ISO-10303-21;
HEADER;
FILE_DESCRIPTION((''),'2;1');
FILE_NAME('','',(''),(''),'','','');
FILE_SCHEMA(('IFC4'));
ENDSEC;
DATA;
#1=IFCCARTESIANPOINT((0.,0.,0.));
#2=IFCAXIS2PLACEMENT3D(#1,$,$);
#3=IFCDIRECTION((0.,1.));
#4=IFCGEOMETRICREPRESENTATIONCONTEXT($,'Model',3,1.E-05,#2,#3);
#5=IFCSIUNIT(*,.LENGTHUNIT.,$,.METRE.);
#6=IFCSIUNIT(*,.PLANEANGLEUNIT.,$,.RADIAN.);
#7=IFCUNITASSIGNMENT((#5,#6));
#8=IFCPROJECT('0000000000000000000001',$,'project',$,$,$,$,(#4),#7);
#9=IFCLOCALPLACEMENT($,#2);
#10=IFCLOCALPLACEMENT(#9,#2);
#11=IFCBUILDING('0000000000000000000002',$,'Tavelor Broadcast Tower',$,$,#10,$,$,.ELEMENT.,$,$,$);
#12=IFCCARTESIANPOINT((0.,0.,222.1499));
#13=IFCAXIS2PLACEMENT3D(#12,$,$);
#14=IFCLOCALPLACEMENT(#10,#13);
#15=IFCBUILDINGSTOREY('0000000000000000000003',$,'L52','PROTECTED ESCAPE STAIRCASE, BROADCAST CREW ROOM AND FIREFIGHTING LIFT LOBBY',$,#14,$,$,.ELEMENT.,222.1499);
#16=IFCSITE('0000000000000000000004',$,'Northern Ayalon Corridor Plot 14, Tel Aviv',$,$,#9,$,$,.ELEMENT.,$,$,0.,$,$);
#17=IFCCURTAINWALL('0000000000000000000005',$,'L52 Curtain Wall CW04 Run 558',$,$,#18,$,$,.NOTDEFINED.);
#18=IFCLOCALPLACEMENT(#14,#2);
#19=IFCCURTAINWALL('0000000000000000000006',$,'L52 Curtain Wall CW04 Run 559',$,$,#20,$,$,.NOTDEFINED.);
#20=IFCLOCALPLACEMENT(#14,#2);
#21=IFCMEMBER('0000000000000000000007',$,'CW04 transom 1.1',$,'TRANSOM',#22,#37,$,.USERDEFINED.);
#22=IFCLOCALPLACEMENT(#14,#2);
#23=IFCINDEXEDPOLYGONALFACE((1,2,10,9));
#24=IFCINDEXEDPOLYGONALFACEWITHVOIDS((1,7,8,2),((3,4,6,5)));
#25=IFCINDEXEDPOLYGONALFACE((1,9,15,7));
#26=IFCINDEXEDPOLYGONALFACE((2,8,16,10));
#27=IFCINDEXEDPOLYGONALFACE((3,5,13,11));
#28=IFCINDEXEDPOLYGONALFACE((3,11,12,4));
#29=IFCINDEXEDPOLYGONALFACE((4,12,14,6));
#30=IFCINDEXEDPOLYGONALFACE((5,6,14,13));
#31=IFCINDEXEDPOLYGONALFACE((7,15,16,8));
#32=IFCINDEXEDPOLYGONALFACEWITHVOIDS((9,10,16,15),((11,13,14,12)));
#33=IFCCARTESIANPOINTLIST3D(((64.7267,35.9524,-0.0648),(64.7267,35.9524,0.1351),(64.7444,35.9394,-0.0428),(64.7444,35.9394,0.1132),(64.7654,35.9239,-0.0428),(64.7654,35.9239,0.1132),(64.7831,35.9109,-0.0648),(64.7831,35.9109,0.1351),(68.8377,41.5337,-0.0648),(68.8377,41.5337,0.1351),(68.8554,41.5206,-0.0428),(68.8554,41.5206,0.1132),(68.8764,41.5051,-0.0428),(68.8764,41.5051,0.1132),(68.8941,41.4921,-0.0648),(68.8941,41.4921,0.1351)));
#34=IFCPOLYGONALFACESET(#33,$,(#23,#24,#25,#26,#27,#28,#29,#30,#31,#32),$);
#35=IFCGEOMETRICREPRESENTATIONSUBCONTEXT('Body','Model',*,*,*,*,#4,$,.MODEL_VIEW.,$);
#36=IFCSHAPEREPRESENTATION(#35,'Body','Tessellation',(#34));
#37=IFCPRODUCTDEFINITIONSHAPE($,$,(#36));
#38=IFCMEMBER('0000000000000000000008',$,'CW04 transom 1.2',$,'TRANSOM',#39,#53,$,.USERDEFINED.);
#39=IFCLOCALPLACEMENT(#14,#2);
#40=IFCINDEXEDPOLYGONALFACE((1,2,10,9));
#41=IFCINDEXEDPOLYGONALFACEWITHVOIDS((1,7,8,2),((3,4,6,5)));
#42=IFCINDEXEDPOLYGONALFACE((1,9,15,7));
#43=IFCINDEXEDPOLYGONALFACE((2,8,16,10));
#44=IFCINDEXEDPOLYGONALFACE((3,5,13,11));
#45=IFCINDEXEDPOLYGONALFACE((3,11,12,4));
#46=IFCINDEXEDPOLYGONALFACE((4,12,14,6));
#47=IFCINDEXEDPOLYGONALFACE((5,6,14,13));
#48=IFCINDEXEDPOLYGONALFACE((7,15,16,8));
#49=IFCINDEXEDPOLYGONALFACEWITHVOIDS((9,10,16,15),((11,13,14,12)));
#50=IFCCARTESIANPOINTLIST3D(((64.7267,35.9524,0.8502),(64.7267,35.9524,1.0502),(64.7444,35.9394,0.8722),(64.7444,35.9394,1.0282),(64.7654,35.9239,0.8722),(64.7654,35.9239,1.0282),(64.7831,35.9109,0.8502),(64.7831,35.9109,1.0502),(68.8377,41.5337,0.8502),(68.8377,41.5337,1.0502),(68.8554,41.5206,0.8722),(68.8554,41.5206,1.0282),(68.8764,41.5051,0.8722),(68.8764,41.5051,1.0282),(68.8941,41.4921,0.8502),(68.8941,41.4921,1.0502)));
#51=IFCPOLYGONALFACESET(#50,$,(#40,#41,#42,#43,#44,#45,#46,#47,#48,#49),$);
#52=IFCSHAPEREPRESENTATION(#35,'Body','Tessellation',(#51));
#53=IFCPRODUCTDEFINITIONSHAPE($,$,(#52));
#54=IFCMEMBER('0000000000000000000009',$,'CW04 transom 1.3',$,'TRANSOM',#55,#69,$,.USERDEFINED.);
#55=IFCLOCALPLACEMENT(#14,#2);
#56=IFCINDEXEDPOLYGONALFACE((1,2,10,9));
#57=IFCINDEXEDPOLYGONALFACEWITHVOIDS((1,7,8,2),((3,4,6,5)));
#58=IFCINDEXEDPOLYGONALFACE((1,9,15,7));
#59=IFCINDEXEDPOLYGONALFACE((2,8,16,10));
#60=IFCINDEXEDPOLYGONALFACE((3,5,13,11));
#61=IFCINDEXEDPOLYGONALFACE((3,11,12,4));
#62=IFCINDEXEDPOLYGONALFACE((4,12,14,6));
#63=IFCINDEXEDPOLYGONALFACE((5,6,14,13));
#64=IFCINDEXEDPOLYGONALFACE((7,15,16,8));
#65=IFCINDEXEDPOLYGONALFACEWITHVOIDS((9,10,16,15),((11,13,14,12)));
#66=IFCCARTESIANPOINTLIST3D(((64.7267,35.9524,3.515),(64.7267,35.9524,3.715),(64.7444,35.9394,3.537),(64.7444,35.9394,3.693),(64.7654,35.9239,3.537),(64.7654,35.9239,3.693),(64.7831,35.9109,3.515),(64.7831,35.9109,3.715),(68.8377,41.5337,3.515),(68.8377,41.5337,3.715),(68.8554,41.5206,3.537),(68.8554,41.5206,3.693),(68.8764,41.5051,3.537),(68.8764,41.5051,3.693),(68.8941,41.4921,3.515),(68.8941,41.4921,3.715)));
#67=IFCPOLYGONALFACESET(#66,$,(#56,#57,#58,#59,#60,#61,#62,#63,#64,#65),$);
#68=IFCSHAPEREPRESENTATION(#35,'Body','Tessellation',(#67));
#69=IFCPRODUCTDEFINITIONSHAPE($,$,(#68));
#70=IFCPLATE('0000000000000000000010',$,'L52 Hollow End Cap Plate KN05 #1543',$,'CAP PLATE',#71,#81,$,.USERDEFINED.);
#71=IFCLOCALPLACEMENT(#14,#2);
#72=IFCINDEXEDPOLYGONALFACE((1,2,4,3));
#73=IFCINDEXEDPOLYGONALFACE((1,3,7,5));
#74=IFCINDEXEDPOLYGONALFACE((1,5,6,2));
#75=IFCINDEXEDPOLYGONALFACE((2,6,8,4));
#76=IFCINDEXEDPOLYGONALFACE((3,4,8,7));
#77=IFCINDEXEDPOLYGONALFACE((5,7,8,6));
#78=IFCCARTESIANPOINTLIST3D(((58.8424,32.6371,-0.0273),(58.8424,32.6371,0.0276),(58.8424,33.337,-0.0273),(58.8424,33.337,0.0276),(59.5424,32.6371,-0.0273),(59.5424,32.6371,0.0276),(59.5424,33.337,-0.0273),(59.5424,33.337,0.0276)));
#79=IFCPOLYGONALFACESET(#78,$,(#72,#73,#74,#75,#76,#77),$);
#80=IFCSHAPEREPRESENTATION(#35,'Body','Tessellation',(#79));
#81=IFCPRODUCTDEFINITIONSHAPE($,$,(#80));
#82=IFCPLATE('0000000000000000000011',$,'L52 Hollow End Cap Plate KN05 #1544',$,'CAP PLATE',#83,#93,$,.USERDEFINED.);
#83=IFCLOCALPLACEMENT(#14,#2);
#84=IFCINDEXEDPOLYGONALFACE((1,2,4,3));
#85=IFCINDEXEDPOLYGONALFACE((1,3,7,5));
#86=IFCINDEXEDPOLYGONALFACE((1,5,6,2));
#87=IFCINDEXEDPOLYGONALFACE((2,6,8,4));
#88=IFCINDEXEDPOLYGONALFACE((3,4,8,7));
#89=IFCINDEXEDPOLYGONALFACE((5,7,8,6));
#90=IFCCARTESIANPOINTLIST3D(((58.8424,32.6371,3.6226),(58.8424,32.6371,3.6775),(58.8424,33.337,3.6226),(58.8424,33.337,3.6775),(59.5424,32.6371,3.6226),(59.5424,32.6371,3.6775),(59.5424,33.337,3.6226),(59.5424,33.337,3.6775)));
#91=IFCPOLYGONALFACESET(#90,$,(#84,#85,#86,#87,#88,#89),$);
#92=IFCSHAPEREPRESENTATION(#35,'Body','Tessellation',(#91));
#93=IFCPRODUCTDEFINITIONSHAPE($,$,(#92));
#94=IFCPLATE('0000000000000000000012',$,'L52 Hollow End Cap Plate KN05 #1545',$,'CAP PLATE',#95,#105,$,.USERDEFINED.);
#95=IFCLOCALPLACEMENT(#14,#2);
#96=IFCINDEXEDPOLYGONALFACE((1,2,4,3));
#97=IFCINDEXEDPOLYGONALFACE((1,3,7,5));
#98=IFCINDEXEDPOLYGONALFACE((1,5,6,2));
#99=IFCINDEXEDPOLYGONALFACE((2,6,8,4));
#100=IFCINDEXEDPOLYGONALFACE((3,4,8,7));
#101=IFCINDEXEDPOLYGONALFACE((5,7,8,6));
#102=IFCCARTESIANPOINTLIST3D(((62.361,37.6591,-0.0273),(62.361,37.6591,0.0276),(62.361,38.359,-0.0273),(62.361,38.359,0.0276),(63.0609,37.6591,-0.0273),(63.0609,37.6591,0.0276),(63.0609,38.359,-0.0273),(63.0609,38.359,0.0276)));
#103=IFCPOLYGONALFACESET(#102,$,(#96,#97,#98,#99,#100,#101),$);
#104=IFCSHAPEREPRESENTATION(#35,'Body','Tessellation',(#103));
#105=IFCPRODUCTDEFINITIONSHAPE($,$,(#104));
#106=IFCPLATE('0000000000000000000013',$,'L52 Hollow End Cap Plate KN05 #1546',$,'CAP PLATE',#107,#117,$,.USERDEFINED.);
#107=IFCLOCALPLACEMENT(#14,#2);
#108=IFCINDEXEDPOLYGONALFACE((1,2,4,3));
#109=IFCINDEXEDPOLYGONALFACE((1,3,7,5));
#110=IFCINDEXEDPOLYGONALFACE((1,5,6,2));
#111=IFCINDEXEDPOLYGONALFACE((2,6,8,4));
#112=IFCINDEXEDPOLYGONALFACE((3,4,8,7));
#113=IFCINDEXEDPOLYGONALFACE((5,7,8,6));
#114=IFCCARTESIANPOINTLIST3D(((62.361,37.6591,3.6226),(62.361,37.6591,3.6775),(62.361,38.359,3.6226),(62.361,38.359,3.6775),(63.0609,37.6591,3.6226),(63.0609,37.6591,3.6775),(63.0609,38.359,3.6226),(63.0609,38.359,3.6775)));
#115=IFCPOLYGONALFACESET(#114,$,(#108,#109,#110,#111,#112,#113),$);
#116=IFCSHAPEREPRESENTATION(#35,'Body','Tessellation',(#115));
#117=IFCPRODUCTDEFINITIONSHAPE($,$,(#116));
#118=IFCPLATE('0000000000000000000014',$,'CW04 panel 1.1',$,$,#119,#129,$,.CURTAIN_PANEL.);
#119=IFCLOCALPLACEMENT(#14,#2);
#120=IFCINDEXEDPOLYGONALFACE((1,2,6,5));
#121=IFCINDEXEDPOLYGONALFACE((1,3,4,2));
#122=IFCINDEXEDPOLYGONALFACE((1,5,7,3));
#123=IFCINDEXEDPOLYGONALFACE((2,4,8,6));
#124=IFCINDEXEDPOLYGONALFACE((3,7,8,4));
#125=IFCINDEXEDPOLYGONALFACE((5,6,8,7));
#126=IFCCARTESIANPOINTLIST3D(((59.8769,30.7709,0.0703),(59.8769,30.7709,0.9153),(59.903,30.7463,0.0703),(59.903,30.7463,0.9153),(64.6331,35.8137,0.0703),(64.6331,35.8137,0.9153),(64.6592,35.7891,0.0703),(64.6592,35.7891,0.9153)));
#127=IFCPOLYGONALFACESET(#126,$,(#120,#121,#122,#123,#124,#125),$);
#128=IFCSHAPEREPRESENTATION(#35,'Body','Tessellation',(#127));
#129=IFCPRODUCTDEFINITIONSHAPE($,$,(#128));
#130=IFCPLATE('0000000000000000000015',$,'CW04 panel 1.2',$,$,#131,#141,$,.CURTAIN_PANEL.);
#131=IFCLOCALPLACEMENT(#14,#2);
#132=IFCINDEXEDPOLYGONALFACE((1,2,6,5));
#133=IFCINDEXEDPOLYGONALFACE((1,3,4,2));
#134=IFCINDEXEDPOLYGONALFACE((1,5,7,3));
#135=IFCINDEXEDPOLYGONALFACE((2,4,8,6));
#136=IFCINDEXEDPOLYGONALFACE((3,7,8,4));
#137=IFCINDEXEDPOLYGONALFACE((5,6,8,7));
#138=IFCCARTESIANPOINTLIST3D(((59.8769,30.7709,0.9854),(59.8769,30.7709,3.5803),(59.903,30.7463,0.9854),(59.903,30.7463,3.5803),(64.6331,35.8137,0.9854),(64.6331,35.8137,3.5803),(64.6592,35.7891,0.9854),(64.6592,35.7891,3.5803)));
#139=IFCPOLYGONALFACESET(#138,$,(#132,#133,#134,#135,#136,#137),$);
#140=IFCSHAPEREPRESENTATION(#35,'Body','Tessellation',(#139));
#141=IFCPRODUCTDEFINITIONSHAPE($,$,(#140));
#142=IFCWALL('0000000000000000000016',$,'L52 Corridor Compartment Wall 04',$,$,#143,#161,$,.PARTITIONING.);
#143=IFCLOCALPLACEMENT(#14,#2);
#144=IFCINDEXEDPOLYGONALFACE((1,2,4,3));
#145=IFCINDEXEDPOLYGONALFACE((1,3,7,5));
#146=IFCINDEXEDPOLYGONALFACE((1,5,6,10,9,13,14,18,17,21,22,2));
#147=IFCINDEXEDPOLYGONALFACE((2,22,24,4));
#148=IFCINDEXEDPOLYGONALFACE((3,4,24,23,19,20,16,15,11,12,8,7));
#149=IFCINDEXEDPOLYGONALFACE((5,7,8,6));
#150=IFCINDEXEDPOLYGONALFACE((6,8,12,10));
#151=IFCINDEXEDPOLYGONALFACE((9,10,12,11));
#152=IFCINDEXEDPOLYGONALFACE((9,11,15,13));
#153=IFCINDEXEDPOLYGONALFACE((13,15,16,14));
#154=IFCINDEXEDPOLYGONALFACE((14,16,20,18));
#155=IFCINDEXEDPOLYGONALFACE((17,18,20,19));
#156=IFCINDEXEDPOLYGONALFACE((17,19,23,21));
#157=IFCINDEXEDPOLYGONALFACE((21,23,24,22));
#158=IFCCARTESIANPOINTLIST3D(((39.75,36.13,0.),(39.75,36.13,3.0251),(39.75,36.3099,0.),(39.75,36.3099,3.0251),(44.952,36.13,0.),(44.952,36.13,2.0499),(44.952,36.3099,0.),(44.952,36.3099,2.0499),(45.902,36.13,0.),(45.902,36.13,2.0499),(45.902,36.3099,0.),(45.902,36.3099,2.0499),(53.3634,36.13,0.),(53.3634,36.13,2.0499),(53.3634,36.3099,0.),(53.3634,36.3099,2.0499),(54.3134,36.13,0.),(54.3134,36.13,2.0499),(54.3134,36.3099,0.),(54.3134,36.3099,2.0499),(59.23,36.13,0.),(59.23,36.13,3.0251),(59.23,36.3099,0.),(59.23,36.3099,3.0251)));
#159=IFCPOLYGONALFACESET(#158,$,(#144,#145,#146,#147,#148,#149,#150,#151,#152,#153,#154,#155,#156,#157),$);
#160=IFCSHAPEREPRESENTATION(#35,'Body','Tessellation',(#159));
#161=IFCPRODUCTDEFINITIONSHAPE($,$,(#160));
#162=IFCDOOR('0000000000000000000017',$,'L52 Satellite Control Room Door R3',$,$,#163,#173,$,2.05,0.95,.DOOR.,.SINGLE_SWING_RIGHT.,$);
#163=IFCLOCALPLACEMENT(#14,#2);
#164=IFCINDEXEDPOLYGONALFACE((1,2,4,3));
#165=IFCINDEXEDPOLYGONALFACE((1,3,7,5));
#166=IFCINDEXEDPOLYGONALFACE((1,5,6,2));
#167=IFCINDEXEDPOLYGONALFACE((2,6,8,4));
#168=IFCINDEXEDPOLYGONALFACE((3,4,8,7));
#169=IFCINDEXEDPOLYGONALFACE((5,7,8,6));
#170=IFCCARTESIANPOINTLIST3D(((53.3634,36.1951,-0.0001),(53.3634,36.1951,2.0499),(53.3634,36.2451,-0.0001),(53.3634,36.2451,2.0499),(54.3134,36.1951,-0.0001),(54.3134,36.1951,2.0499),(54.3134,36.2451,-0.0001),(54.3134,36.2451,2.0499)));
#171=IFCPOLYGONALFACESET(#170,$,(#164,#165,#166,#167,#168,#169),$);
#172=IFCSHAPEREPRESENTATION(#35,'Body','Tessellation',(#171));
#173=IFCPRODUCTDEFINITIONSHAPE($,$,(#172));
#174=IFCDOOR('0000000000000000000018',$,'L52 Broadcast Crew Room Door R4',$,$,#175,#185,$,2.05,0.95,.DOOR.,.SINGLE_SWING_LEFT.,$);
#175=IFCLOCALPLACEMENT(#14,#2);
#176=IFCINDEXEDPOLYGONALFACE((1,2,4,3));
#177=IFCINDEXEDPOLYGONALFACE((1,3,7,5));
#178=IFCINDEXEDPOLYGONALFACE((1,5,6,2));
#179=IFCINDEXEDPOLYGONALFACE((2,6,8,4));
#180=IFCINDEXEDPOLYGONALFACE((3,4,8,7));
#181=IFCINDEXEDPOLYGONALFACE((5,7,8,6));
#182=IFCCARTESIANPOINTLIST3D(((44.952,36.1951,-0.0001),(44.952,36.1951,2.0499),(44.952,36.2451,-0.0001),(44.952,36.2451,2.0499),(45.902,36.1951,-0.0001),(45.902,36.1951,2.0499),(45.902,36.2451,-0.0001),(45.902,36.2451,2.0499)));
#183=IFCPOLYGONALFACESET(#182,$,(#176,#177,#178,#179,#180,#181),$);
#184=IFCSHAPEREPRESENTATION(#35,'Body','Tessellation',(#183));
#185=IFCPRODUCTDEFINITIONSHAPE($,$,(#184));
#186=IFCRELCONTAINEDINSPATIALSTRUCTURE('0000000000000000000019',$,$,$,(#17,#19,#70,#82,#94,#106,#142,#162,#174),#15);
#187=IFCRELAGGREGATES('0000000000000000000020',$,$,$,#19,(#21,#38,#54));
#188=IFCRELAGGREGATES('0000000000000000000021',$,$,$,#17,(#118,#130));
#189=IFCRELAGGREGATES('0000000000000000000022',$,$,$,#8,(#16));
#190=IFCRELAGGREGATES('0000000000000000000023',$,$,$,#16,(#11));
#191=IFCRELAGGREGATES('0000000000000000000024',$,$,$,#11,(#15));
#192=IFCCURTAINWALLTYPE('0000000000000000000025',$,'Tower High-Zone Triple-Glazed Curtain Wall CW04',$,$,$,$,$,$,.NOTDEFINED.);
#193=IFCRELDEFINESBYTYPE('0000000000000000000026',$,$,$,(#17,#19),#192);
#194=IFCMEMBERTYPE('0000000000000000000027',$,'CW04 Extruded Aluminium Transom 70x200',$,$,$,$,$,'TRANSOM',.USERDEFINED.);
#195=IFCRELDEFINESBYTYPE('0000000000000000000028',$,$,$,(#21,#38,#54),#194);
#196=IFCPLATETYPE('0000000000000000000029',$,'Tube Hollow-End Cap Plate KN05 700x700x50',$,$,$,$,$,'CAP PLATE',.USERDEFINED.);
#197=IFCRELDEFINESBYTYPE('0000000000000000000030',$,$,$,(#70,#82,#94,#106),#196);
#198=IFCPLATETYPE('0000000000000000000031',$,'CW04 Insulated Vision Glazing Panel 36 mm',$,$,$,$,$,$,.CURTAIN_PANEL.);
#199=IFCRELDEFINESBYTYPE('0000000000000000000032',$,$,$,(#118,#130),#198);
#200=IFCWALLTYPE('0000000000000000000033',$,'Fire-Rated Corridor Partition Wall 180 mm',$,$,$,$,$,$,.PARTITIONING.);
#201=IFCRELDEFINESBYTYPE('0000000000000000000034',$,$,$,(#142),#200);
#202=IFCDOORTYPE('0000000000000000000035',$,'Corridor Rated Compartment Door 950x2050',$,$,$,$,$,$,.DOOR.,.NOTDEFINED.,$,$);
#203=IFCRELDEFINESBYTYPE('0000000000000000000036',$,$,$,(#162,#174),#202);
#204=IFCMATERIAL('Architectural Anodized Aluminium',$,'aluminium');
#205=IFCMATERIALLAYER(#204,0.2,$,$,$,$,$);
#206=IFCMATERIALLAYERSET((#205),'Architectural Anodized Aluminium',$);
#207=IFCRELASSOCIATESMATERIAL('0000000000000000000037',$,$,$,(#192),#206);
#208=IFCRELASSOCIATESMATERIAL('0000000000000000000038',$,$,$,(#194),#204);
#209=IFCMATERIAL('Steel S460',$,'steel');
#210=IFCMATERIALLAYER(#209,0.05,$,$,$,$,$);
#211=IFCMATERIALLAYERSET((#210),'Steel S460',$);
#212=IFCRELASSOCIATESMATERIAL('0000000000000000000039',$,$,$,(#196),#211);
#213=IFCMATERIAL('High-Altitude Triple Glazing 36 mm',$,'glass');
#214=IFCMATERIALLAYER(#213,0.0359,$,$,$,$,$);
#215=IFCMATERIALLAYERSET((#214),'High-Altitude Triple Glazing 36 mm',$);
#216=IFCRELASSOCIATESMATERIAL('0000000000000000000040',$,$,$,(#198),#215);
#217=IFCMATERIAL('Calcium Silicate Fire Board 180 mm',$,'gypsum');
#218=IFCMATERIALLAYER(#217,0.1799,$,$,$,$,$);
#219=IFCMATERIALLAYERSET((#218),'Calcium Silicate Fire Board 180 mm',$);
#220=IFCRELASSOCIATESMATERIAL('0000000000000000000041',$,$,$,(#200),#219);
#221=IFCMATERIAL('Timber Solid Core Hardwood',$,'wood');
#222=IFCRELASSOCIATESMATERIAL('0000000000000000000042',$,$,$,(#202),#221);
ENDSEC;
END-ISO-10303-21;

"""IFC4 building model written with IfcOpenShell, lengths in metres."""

from ifc_helpers import new_model, si_unit, direction, frame, frame_2d, origin, origin_2d, place, context, subcontext, project, spatial, rectangle, hollow_rectangle, extrude, source, transform, mapped, material, layer, layer_set, material_profile, profile_set, type_object, type_shapes, element, fill, aggregate, save


model = new_model("IFC4")

# Units and contexts
model_context = context("Model", 3, precision=1e-05, world=origin(), true_north=direction((0.0, 1.0)))
body_context = subcontext(model_context, "Body", "Model", "MODEL_VIEW")
ifc_project = project(units=[si_unit("LENGTHUNIT", "METRE"), si_unit("PLANEANGLEUNIT", "RADIAN")], contexts=[model_context])

# Site, building, storey
site_placement = place(None, origin())
site = spatial("IfcSite", under=ifc_project, at=site_placement, Name="Northern Ayalon Corridor Plot 14, Tel Aviv", CompositionType="ELEMENT", RefElevation=0.0)
building_placement = place(site_placement, origin())
building = spatial("IfcBuilding", under=site, at=building_placement, Name="Tavelor Broadcast Tower", CompositionType="ELEMENT")
storey_placement = place(building_placement, frame((0.0, 0.0, 222.1499)))
storey = spatial("IfcBuildingStorey", under=building, at=storey_placement, Name="L52", Description="PROTECTED ESCAPE STAIRCASE, BROADCAST CREW ROOM AND FIREFIGHTING LIFT LOBBY", CompositionType="ELEMENT", Elevation=222.1499)

# Shared definitions
ifc_material_1 = material(Name="Steel S460", Category="steel")

# Shared definitions
ifc_material_2 = material(Name="Architectural Anodized Aluminium", Category="aluminium")
ifc_layer_1 = layer(ifc_material_2, 0.2)
ifc_layer_set_1 = layer_set([ifc_layer_1], Name="Architectural Anodized Aluminium")
curtain_wall_type = type_object("IfcCurtainWallType", Name="Tower High-Zone Triple-Glazed Curtain Wall CW04", PredefinedType="NOTDEFINED", material=ifc_layer_set_1)

# Curtain wall
curtain_wall_1_placement = place(storey_placement, origin())
curtain_wall_1 = element("IfcCurtainWall", 1, at=curtain_wall_1_placement, inside=storey, type_object=curtain_wall_type, Name="L52 Curtain Wall CW04 Run 558", PredefinedType="NOTDEFINED")

# Curtain wall
curtain_wall_2_placement = place(storey_placement, origin())
curtain_wall_2 = element("IfcCurtainWall", 2, at=curtain_wall_2_placement, inside=storey, type_object=curtain_wall_type, Name="L52 Curtain Wall CW04 Run 559", PredefinedType="NOTDEFINED")

# Members
ifc_material_profile_1 = material_profile(ifc_material_2, hollow_rectangle(XDim=0.0701, YDim=0.2, WallThickness=0.022, at=origin_2d()), Name="RHS 70x200x22")
ifc_profile_set_1 = profile_set([ifc_material_profile_1], Name="Architectural Anodized Aluminium")
member_type_1 = type_object("IfcMemberType", Name="CW04 Extruded Aluminium Transom 70x200", ElementType="TRANSOM", PredefinedType="USERDEFINED", material=ifc_profile_set_1)
shared_shape_1 = source(origin(), body_context, "Body", "SweptSolid", [
    extrude(hollow_rectangle(XDim=0.0701, YDim=0.2, WallThickness=0.022, at=origin_2d()), origin(), (0.0, 0.0, 1.0), 6.9319),
])
type_shapes(member_type_1, [shared_shape_1])
member_1_placement = place(storey_placement, frame((64.7549, 35.9316, 0.0352), z_axis=(0.593063, 0.805156, 0.0), x_axis=(-0.805156, 0.593063, 0.0)))
member_1 = element("IfcMember", 3, at=member_1_placement, type_object=member_type_1, Name="CW04 transom 1.1", ObjectType="TRANSOM", PredefinedType="USERDEFINED", context=body_context, shape_type="MappedRepresentation", body=[
    mapped(shared_shape_1, transform((0.0, 0.0, 0.0), scale=1.0)),
])
member_2_placement = place(storey_placement, frame((64.7549, 35.9316, 0.9502), z_axis=(0.593063, 0.805156, 0.0), x_axis=(-0.805156, 0.593063, 0.0)))
member_2 = element("IfcMember", 4, at=member_2_placement, type_object=member_type_1, Name="CW04 transom 1.2", ObjectType="TRANSOM", PredefinedType="USERDEFINED", context=body_context, shape_type="MappedRepresentation", body=[
    mapped(shared_shape_1, transform((0.0, 0.0, 0.0), scale=1.0)),
])
member_3_placement = place(storey_placement, frame((64.7549, 35.9316, 3.615), z_axis=(0.593063, 0.805156, 0.0), x_axis=(-0.805156, 0.593063, 0.0)))
member_3 = element("IfcMember", 5, at=member_3_placement, type_object=member_type_1, Name="CW04 transom 1.3", ObjectType="TRANSOM", PredefinedType="USERDEFINED", context=body_context, shape_type="MappedRepresentation", body=[
    mapped(shared_shape_1, transform((0.0, 0.0, 0.0), scale=1.0)),
])
aggregate(curtain_wall_2, [member_1, member_2, member_3])

# Plates
ifc_layer_2 = layer(ifc_material_1, 0.05)
ifc_layer_set_2 = layer_set([ifc_layer_2], Name="Steel S460")
plate_type_1 = type_object("IfcPlateType", Name="Tube Hollow-End Cap Plate KN05 700x700x50", ElementType="CAP PLATE", PredefinedType="USERDEFINED", material=ifc_layer_set_2)
shared_shape_2 = source(origin(), body_context, "Body", "SweptSolid", [
    extrude(rectangle(XDim=0.7, YDim=0.7, at=origin_2d()), origin(), (0.0, 0.0, 1.0), 0.0549),
])
type_shapes(plate_type_1, [shared_shape_2])
for number, where, z_axis, x_axis, name in (
    (6, (59.1924, 32.9871, -0.0273), (0.0, 0.0, 1.0), (1.0, 0.0, 0.0), "L52 Hollow End Cap Plate KN05 #1543"),
    (7, (59.1924, 32.9871, 3.6226), (0.0, 0.0, 1.0), (1.0, 0.0, 0.0), "L52 Hollow End Cap Plate KN05 #1544"),
    (8, (62.7109, 38.009, -0.0273), (0.0, 0.0, 1.0), (1.0, 0.0, 0.0), "L52 Hollow End Cap Plate KN05 #1545"),
    (9, (62.7109, 38.009, 3.6226), (0.0, 0.0, 1.0), (1.0, 0.0, 0.0), "L52 Hollow End Cap Plate KN05 #1546"),
):
    element("IfcPlate", number, at=place(storey_placement, frame(where, z_axis=z_axis, x_axis=x_axis)), inside=storey, type_object=plate_type_1, Name=name, ObjectType="CAP PLATE", PredefinedType="USERDEFINED", context=body_context, shape_type="MappedRepresentation", body=[
        mapped(shared_shape_2, transform((0.0, 0.0, 0.0), scale=1.0)),
    ])

# Plates
ifc_material_3 = material(Name="High-Altitude Triple Glazing 36 mm", Category="glass")
ifc_layer_3 = layer(ifc_material_3, 0.0359)
ifc_layer_set_3 = layer_set([ifc_layer_3], Name="High-Altitude Triple Glazing 36 mm")
plate_type_2 = type_object("IfcPlateType", Name="CW04 Insulated Vision Glazing Panel 36 mm", PredefinedType="CURTAIN_PANEL", material=ifc_layer_set_3)
shared_shape_3 = source(origin(), body_context, "Body", "SweptSolid", [
    extrude(rectangle(XDim=6.9319, YDim=0.0359, at=origin_2d()), origin(), (0.0, 0.0, 1.0), 0.845),
])
plate_1_placement = place(storey_placement, frame((62.2681, 33.28, 0.0703), z_axis=(0.0, 0.0, 1.0), x_axis=(0.686131, 0.727478, 0.0)))
plate_1 = element("IfcPlate", 10, at=plate_1_placement, type_object=plate_type_2, Name="CW04 panel 1.1", PredefinedType="CURTAIN_PANEL", context=body_context, shape_type="MappedRepresentation", body=[
    mapped(shared_shape_3, transform((0.0, 0.0, 0.0), scale=1.0)),
])
shared_shape_4 = source(origin(), body_context, "Body", "SweptSolid", [
    extrude(rectangle(XDim=6.9319, YDim=0.0359, at=origin_2d()), origin(), (0.0, 0.0, 1.0), 2.595),
])
type_shapes(plate_type_2, [shared_shape_3, shared_shape_4])
plate_2_placement = place(storey_placement, frame((62.2681, 33.28, 0.9854), z_axis=(0.0, 0.0, 1.0), x_axis=(0.686131, 0.727478, 0.0)))
plate_2 = element("IfcPlate", 11, at=plate_2_placement, type_object=plate_type_2, Name="CW04 panel 1.2", PredefinedType="CURTAIN_PANEL", context=body_context, shape_type="MappedRepresentation", body=[
    mapped(shared_shape_4, transform((0.0, 0.0, 0.0), scale=1.0)),
])
aggregate(curtain_wall_1, [plate_1, plate_2])

# Wall, openings, doors
ifc_material_4 = material(Name="Calcium Silicate Fire Board 180 mm", Category="gypsum")
ifc_layer_4 = layer(ifc_material_4, 0.1799)
ifc_layer_set_4 = layer_set([ifc_layer_4], Name="Calcium Silicate Fire Board 180 mm")
wall_type_1 = type_object("IfcWallType", Name="Fire-Rated Corridor Partition Wall 180 mm", PredefinedType="PARTITIONING", material=ifc_layer_set_4)
wall_1_placement = place(storey_placement, frame((59.23, 36.22, 0.0), z_axis=(0.0, 0.0, 1.0), x_axis=(-1.0, 0.0, 0.0)))
wall_1 = element("IfcWall", 12, at=wall_1_placement, inside=storey, type_object=wall_type_1, Name="L52 Corridor Compartment Wall 04", PredefinedType="PARTITIONING", context=body_context, shape_type="SweptSolid", body=[
    extrude(rectangle(XDim=19.48, YDim=0.1799, at=frame_2d((9.74, 0.0))), origin(), (0.0, 0.0, 1.0), 3.0251),
])
opening_1_placement = place(wall_1_placement, frame((4.9165, 0.0, 0.0)))
opening_1 = element("IfcOpeningElement", 13, at=opening_1_placement, cuts=wall_1, PredefinedType="OPENING", context=body_context, shape_type="SweptSolid", body=[
    extrude(rectangle(XDim=0.95, YDim=2.05, at=frame_2d((0.4751, 1.0249))), frame((0.0, 0.1001, 0.0), z_axis=(0.0, -1.0, 0.0), x_axis=(1.0, 0.0, 0.0)), (0.0, 0.0, 1.0), 0.2),
])
opening_2_placement = place(wall_1_placement, frame((13.3279, 0.0, 0.0)))
opening_2 = element("IfcOpeningElement", 14, at=opening_2_placement, cuts=wall_1, PredefinedType="OPENING", context=body_context, shape_type="SweptSolid", body=[
    extrude(rectangle(XDim=0.95, YDim=2.05, at=frame_2d((0.4751, 1.0249))), frame((0.0, 0.1001, 0.0), z_axis=(0.0, -1.0, 0.0), x_axis=(1.0, 0.0, 0.0)), (0.0, 0.0, 1.0), 0.2),
])
ifc_material_5 = material(Name="Timber Solid Core Hardwood", Category="wood")
door_type = type_object("IfcDoorType", Name="Corridor Rated Compartment Door 950x2050", OperationType="NOTDEFINED", PredefinedType="DOOR", material=ifc_material_5)
door_1_placement = place(opening_1_placement, origin())
door_1 = element("IfcDoor", 15, at=door_1_placement, inside=storey, type_object=door_type, Name="L52 Satellite Control Room Door R3", OperationType="SINGLE_SWING_RIGHT", OverallHeight=2.05, OverallWidth=0.95, PredefinedType="DOOR", context=body_context, shape_type="SweptSolid", body=[
    extrude(rectangle(XDim=0.95, YDim=2.05, at=frame_2d((0.4751, 1.0249))), frame((0.0, 0.0249, 0.0), z_axis=(0.0, -1.0, 0.0), x_axis=(1.0, 0.0, 0.0)), (0.0, 0.0, 1.0), 0.05),
])
fill(opening_1, door_1)
door_2_placement = place(opening_2_placement, origin())
door_2 = element("IfcDoor", 16, at=door_2_placement, inside=storey, type_object=door_type, Name="L52 Broadcast Crew Room Door R4", OperationType="SINGLE_SWING_LEFT", OverallHeight=2.05, OverallWidth=0.95, PredefinedType="DOOR", context=body_context, shape_type="SweptSolid", body=[
    extrude(rectangle(XDim=0.95, YDim=2.05, at=frame_2d((0.4751, 1.0249))), frame((0.0, 0.0249, 0.0), z_axis=(0.0, -1.0, 0.0), x_axis=(1.0, 0.0, 0.0)), (0.0, 0.0, 1.0), 0.05),
])
fill(opening_2, door_2)

save(model, "model.ifc")
